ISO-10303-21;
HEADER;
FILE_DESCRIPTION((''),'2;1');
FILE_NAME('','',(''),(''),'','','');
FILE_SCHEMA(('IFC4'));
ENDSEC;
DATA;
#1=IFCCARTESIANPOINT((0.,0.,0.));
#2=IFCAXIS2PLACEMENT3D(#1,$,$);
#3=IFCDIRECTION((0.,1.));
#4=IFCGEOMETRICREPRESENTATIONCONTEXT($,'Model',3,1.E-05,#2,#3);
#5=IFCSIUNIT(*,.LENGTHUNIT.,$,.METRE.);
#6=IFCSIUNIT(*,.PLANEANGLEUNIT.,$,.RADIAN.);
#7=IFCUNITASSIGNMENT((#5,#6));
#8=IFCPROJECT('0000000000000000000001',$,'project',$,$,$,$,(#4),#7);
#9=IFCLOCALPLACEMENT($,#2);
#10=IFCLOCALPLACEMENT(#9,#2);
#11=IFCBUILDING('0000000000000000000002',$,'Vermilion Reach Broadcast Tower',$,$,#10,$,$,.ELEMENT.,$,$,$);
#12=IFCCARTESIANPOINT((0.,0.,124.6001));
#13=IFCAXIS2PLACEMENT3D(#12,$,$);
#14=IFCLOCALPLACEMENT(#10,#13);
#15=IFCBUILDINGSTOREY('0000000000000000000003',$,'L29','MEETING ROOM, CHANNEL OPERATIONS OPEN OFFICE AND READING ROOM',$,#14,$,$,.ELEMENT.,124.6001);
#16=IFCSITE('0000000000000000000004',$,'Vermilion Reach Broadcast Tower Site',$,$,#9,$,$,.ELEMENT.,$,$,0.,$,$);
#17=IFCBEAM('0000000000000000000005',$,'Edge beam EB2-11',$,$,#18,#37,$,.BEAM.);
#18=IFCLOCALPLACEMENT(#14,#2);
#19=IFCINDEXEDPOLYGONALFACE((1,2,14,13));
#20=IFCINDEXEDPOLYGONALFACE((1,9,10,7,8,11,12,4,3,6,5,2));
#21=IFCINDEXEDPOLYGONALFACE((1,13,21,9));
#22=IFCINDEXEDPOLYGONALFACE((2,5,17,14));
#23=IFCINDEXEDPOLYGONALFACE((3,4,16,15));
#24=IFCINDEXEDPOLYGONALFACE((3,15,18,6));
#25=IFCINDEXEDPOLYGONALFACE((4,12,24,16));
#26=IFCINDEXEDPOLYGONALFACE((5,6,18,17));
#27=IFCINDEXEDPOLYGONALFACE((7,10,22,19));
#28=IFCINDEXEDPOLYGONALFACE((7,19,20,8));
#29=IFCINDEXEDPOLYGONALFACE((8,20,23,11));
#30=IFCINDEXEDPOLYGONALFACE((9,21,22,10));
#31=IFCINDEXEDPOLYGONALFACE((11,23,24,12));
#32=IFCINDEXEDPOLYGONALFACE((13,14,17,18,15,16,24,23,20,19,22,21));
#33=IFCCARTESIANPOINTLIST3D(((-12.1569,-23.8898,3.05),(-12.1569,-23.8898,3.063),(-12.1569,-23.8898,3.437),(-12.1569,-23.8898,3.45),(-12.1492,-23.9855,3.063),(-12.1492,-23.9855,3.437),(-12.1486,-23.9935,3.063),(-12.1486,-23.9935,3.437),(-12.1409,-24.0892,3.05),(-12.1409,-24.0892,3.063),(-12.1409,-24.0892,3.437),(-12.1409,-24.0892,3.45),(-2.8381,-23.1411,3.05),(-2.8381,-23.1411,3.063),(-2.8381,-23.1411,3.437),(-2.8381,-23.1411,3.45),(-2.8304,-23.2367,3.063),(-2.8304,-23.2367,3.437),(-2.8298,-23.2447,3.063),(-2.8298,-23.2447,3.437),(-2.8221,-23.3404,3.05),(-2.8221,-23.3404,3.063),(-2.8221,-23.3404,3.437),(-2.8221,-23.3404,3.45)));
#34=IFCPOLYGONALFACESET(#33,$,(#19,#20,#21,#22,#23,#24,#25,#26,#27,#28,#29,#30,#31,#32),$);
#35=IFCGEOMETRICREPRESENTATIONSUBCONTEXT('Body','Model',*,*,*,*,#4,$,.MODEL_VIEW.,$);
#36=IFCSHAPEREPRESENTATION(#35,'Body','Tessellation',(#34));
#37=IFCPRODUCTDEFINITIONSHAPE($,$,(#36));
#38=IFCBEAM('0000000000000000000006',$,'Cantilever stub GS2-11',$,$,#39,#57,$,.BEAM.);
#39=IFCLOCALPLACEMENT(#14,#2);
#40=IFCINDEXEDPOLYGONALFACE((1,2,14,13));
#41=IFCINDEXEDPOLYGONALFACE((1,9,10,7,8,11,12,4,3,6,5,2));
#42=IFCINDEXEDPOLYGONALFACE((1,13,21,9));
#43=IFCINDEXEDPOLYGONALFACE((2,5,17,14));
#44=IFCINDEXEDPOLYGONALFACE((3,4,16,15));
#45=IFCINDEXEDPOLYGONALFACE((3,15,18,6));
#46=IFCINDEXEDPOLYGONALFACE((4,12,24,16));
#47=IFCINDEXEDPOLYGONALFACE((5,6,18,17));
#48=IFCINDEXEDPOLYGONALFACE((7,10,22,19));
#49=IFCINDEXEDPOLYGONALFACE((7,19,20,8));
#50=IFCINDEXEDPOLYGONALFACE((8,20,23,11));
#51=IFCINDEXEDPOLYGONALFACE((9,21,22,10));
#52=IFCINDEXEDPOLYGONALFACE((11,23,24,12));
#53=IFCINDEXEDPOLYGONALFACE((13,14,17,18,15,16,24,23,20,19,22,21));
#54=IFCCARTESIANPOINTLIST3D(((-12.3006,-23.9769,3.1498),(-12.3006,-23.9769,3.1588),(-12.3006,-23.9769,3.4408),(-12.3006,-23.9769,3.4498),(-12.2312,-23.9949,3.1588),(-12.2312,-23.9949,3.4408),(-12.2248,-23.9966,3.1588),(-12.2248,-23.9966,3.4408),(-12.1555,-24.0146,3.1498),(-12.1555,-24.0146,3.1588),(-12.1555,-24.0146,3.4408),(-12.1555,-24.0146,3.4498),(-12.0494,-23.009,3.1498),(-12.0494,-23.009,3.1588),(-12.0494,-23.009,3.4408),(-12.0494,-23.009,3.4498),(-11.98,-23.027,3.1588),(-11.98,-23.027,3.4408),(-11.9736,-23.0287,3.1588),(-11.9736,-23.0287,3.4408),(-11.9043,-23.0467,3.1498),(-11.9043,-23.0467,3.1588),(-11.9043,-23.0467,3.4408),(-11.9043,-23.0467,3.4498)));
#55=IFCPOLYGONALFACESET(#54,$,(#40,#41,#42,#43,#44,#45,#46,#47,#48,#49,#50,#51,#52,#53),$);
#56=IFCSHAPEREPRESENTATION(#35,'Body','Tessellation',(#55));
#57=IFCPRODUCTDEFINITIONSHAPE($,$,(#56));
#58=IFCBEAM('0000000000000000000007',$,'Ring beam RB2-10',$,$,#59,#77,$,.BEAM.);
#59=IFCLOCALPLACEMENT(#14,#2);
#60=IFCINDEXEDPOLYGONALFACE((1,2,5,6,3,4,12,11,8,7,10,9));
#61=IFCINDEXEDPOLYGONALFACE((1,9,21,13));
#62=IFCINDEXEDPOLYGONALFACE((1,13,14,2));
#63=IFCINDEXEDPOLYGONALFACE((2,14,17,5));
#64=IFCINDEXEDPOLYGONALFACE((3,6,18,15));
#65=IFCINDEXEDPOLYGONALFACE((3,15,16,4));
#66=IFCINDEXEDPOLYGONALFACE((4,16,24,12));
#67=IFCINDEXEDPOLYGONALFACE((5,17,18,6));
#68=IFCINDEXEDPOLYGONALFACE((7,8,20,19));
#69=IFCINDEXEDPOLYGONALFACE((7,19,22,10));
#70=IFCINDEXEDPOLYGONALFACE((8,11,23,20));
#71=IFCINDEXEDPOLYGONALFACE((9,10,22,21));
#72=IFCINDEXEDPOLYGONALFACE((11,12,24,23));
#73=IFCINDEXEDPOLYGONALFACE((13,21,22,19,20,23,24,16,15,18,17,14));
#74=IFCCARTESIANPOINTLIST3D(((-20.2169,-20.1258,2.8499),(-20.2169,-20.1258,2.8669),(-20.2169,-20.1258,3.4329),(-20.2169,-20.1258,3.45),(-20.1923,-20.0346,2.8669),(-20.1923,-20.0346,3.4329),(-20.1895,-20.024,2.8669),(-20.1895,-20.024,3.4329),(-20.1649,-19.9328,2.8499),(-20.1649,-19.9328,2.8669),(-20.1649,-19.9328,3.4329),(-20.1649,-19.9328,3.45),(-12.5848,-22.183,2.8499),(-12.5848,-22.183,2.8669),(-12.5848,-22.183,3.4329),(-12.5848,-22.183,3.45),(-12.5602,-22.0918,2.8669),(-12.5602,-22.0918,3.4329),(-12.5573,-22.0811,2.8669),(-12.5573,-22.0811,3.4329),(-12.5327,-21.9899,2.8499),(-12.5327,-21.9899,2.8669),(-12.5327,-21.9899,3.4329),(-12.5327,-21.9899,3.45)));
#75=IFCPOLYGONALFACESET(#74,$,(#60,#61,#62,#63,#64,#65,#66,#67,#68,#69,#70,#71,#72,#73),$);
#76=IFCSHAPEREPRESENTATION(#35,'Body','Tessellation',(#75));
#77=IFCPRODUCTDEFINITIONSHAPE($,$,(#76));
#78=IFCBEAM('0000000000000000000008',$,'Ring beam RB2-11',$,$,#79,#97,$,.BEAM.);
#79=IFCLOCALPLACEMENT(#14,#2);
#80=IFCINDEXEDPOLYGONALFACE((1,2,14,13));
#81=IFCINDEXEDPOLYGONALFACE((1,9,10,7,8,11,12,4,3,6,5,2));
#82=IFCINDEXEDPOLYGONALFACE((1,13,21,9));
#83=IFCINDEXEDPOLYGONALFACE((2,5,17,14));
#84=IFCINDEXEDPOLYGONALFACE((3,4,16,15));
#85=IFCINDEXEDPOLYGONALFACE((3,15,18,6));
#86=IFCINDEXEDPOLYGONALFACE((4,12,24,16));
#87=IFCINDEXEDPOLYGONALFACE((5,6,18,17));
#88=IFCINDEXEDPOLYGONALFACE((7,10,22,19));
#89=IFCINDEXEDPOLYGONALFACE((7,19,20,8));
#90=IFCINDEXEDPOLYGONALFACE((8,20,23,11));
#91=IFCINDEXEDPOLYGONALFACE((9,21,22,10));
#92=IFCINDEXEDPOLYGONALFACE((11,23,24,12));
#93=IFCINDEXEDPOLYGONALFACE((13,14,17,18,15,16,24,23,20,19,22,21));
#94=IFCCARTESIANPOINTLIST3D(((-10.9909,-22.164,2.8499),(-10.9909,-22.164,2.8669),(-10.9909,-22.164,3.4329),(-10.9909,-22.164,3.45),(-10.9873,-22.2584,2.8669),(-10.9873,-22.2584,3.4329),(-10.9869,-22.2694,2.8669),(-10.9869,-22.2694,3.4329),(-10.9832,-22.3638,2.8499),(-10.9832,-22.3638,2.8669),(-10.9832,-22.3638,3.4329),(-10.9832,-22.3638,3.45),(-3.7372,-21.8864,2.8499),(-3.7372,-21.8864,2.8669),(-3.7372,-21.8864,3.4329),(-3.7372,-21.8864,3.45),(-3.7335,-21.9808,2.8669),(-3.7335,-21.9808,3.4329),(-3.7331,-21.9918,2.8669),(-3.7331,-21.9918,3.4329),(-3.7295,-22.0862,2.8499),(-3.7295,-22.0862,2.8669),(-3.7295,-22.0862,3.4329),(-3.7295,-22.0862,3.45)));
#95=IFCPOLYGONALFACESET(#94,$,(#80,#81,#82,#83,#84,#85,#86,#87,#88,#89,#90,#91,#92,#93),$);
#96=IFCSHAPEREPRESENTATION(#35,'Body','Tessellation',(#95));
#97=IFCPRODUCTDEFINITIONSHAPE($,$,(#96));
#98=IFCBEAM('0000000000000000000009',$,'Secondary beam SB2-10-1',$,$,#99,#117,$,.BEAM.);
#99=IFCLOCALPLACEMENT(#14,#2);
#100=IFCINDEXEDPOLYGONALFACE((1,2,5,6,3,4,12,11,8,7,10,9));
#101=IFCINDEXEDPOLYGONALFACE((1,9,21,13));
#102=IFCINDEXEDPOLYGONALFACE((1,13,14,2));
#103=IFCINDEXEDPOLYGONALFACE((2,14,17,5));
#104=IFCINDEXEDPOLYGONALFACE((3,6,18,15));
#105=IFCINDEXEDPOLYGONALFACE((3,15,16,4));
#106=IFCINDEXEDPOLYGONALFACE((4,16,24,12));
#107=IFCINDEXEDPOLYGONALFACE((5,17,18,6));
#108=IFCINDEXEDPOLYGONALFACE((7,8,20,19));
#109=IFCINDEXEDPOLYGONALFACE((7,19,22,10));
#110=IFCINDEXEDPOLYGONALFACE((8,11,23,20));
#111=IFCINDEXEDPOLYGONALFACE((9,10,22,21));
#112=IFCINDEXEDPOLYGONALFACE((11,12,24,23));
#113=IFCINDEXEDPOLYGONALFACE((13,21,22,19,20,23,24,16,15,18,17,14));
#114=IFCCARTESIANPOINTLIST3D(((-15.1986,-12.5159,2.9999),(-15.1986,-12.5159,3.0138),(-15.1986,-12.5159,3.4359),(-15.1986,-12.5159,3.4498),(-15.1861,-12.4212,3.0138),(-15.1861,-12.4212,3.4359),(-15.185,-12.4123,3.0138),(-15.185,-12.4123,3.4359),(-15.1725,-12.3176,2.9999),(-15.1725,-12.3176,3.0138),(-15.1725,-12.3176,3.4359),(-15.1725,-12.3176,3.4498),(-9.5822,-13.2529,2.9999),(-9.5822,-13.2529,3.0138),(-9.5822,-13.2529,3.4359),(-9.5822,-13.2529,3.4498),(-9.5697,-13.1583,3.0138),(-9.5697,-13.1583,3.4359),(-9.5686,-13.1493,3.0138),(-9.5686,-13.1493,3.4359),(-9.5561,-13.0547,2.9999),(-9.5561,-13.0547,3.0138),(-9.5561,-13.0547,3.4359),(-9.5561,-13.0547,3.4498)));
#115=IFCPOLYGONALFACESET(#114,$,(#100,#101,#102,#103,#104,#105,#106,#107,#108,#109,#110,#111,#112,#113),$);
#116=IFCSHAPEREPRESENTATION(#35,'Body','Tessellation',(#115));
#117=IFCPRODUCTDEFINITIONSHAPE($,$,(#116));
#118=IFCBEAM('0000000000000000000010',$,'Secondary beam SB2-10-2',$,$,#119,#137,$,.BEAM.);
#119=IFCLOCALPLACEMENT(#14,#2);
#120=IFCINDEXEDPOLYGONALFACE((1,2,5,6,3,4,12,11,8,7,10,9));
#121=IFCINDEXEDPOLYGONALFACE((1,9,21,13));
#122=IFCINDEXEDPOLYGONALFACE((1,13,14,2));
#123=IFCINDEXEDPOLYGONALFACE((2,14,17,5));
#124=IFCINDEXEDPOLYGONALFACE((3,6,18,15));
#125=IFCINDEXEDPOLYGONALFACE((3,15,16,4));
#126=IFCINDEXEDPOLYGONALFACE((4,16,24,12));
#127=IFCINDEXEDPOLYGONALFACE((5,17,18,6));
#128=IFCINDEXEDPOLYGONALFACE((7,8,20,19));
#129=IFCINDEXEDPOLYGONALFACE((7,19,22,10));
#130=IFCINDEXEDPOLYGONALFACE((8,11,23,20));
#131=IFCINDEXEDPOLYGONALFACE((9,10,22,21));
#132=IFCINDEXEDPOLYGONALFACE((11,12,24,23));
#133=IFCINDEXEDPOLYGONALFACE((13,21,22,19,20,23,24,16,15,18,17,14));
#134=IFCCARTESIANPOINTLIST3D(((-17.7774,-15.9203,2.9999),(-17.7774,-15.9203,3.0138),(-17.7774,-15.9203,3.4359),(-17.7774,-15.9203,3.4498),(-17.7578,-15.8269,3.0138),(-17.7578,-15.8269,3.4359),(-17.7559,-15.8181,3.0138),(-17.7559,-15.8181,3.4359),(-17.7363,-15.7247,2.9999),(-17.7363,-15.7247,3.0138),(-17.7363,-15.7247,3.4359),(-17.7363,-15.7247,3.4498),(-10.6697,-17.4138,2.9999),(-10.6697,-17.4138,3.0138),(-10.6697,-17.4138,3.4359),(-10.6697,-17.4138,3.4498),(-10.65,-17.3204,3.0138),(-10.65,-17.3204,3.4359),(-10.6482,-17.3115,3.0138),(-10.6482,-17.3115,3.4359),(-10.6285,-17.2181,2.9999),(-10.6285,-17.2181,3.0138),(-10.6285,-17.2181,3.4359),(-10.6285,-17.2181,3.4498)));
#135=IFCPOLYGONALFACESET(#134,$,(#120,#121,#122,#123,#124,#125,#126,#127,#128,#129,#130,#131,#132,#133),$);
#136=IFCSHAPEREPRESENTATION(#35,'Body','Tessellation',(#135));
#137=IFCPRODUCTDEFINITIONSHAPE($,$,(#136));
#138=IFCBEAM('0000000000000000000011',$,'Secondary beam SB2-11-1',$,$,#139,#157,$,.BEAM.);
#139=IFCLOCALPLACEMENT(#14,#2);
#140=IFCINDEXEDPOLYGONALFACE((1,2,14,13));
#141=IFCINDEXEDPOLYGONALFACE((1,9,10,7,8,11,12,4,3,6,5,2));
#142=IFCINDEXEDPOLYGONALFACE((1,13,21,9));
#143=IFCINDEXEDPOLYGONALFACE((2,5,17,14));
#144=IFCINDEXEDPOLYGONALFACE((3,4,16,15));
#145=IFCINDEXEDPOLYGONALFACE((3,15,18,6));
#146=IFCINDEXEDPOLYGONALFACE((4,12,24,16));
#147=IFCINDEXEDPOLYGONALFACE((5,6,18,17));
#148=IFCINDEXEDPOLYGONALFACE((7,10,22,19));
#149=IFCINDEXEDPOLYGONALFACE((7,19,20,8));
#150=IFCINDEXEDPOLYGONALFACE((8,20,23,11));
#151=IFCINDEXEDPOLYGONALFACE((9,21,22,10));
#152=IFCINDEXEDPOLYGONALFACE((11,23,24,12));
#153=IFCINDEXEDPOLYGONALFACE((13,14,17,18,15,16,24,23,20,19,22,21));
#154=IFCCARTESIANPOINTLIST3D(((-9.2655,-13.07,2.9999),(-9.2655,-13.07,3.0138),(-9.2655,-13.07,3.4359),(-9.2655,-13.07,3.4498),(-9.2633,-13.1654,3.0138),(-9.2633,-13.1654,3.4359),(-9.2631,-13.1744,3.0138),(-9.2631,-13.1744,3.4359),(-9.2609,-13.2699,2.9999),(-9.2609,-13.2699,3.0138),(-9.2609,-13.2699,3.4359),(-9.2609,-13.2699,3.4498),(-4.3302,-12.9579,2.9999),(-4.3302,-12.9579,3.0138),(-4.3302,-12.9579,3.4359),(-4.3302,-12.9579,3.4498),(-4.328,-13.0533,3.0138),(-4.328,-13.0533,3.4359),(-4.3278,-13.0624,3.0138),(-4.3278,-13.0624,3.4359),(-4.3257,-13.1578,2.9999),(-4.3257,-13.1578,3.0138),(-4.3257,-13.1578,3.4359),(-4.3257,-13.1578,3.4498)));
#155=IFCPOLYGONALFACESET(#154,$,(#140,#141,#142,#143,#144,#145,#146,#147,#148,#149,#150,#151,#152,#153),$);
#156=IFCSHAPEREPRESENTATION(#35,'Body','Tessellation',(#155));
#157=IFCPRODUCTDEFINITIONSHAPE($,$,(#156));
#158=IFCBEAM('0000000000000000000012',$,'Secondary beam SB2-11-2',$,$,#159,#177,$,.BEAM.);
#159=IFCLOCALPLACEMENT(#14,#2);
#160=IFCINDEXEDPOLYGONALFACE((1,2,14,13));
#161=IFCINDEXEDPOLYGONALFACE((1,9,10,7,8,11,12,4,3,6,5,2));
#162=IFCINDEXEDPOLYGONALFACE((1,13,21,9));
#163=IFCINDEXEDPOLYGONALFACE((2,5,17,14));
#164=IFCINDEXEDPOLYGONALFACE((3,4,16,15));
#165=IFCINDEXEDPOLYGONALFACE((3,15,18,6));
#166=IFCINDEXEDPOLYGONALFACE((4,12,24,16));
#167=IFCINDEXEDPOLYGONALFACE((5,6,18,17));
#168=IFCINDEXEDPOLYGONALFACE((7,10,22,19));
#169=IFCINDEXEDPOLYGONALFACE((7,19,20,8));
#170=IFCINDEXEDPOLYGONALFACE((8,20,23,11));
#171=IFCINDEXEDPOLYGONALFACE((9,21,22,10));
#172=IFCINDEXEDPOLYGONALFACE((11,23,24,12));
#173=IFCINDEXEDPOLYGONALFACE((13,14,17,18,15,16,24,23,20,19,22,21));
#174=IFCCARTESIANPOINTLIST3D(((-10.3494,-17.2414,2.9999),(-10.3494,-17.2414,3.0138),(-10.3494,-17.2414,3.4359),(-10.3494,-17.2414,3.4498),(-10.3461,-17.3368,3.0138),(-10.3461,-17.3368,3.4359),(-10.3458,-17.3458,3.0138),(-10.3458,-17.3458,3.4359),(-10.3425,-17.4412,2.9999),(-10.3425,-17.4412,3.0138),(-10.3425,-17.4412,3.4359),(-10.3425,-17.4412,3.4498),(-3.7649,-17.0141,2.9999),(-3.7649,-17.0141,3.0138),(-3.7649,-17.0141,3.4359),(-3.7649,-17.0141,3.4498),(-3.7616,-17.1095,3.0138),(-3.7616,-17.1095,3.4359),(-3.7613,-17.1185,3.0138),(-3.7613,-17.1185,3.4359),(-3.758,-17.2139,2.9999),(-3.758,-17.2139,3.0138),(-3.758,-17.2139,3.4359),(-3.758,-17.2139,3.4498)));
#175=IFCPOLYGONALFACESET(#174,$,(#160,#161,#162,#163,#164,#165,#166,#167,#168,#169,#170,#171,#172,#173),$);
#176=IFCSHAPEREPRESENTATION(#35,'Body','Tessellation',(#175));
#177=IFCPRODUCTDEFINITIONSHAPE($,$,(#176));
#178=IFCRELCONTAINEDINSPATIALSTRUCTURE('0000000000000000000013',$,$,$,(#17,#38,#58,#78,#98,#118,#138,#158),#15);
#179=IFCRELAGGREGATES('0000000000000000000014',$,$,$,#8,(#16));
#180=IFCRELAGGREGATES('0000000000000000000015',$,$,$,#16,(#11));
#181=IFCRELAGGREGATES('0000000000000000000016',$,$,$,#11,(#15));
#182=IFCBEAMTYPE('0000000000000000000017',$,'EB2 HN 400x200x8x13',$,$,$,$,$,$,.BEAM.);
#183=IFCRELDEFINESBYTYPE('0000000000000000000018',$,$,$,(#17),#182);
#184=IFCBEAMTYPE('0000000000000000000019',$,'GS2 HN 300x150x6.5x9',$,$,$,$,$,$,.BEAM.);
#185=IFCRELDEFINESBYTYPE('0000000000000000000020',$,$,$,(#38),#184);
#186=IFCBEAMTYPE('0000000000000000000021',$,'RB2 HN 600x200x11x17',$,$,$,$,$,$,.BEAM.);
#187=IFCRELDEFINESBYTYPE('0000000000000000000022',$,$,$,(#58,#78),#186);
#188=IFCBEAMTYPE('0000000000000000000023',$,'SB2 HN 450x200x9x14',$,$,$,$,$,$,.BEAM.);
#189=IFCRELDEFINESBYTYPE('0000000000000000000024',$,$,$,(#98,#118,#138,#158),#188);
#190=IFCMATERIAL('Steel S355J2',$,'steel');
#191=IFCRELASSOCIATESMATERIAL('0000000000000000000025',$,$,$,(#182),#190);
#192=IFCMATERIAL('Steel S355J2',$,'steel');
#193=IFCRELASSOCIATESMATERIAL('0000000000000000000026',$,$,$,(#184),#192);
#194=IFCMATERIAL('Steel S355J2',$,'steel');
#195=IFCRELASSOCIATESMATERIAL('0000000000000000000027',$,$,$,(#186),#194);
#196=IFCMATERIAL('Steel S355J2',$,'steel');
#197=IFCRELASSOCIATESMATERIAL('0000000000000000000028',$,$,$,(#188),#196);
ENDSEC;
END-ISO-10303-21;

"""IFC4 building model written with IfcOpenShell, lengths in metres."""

from ifc_helpers import new_model, si_unit, direction, frame, origin, origin_2d, place, context, subcontext, project, spatial, i_section, extrude, material, material_profile, profile_set, type_object, element, save


model = new_model("IFC4")

# Units and contexts
model_context = context("Model", 3, precision=1e-05, world=origin(), true_north=direction((0.0, 1.0)))
body_context = subcontext(model_context, "Body", "Model", "MODEL_VIEW")
ifc_project = project(units=[si_unit("LENGTHUNIT", "METRE"), si_unit("PLANEANGLEUNIT", "RADIAN")], contexts=[model_context])

# Site, building, storey
site_placement = place(None, origin())
site = spatial("IfcSite", under=ifc_project, at=site_placement, Name="Vermilion Reach Broadcast Tower Site", CompositionType="ELEMENT", RefElevation=0.0)
building_placement = place(site_placement, origin())
building = spatial("IfcBuilding", under=site, at=building_placement, Name="Vermilion Reach Broadcast Tower", CompositionType="ELEMENT")
storey_placement = place(building_placement, frame((0.0, 0.0, 124.6001)))
storey = spatial("IfcBuildingStorey", under=building, at=storey_placement, Name="L29", Description="MEETING ROOM, CHANNEL OPERATIONS OPEN OFFICE AND READING ROOM", CompositionType="ELEMENT", Elevation=124.6001)

# Beams
ifc_material_1 = material(Name="Steel S355J2", Category="steel")
ifc_material_profile_1 = material_profile(ifc_material_1, i_section(OverallWidth=0.2, OverallDepth=0.3999, WebThickness=0.0081, FlangeThickness=0.0129, at=origin_2d()), Name="S355J2 HN 400x200x8x13")
ifc_profile_set_1 = profile_set([ifc_material_profile_1], Name="Steel S355J2")
beam_type_1 = type_object("IfcBeamType", Name="EB2 HN 400x200x8x13", PredefinedType="BEAM", material=ifc_profile_set_1)
beam_1_placement = place(storey_placement, frame((-12.1489, -23.9895, 3.25), z_axis=(0.996787, 0.080093, 0.0), x_axis=(-0.080093, 0.996787, 0.0)))
element("IfcBeam", 1, at=beam_1_placement, inside=storey, type_object=beam_type_1, Name="Edge beam EB2-11", PredefinedType="BEAM", context=body_context, shape_type="SweptSolid", body=[
    extrude(i_section(OverallWidth=0.2, OverallDepth=0.3999, WebThickness=0.0081, FlangeThickness=0.0129, at=origin_2d()), origin(), (0.0, 0.0, 1.0), 9.3489),
])
ifc_material_2 = material(Name="Steel S355J2", Category="steel")
ifc_material_profile_2 = material_profile(ifc_material_2, i_section(OverallWidth=0.1499, OverallDepth=0.3, WebThickness=0.0066, FlangeThickness=0.009, at=origin_2d()), Name="S355J2 HN 300x150x6.5x9")
ifc_profile_set_2 = profile_set([ifc_material_profile_2], Name="Steel S355J2")
beam_type_2 = type_object("IfcBeamType", Name="GS2 HN 300x150x6.5x9", PredefinedType="BEAM", material=ifc_profile_set_2)
beam_2_placement = place(storey_placement, frame((-11.9768, -23.0278, 3.2998), z_axis=(-0.251199, -0.967935, 0.0), x_axis=(0.967935, -0.251199, 0.0)))
element("IfcBeam", 2, at=beam_2_placement, inside=storey, type_object=beam_type_2, Name="Cantilever stub GS2-11", PredefinedType="BEAM", context=body_context, shape_type="SweptSolid", body=[
    extrude(i_section(OverallWidth=0.1499, OverallDepth=0.3, WebThickness=0.0066, FlangeThickness=0.009, at=origin_2d()), origin(), (0.0, 0.0, 1.0), 1.0),
])
ifc_material_3 = material(Name="Steel S355J2", Category="steel")
ifc_material_profile_3 = material_profile(ifc_material_3, i_section(OverallWidth=0.2, OverallDepth=0.6001, WebThickness=0.011, FlangeThickness=0.0171, at=origin_2d()), Name="S355J2 HN 600x200x11x17")
ifc_profile_set_3 = profile_set([ifc_material_profile_3], Name="Steel S355J2")
beam_type_3 = type_object("IfcBeamType", Name="RB2 HN 600x200x11x17", PredefinedType="BEAM", material=ifc_profile_set_3)
beam_3_placement = place(storey_placement, frame((-20.1909, -20.0293, 3.1499), z_axis=(0.965541, -0.260249, 0.0), x_axis=(0.260249, 0.965541, 0.0)))
element("IfcBeam", 3, at=beam_3_placement, inside=storey, type_object=beam_type_3, Name="Ring beam RB2-10", PredefinedType="BEAM", context=body_context, shape_type="SweptSolid", body=[
    extrude(i_section(OverallWidth=0.2, OverallDepth=0.6001, WebThickness=0.011, FlangeThickness=0.0171, at=origin_2d()), origin(), (0.0, 0.0, 1.0), 7.9045),
])
beam_4_placement = place(storey_placement, frame((-10.9871, -22.2639, 3.1499), z_axis=(0.999269, 0.038241, 0.0), x_axis=(-0.038241, 0.999269, 0.0)))
element("IfcBeam", 4, at=beam_4_placement, inside=storey, type_object=beam_type_3, Name="Ring beam RB2-11", PredefinedType="BEAM", context=body_context, shape_type="SweptSolid", body=[
    extrude(i_section(OverallWidth=0.2, OverallDepth=0.6001, WebThickness=0.011, FlangeThickness=0.0171, at=origin_2d()), origin(), (0.0, 0.0, 1.0), 7.259),
])
ifc_material_4 = material(Name="Steel S355J2", Category="steel")
ifc_material_profile_4 = material_profile(ifc_material_4, i_section(OverallWidth=0.2, OverallDepth=0.45, WebThickness=0.009, FlangeThickness=0.0139, at=origin_2d()), Name="S355J2 HN 450x200x9x14")
ifc_profile_set_4 = profile_set([ifc_material_profile_4], Name="Steel S355J2")
beam_type_4 = type_object("IfcBeamType", Name="SB2 HN 450x200x9x14", PredefinedType="BEAM", material=ifc_profile_set_4)
beam_5_placement = place(storey_placement, frame((-15.1855, -12.4167, 3.2249), z_axis=(0.991499, -0.130117, 0.0), x_axis=(0.130117, 0.991499, 0.0)))
element("IfcBeam", 5, at=beam_5_placement, inside=storey, type_object=beam_type_4, Name="Secondary beam SB2-10-1", PredefinedType="BEAM", context=body_context, shape_type="SweptSolid", body=[
    extrude(i_section(OverallWidth=0.2, OverallDepth=0.45, WebThickness=0.009, FlangeThickness=0.0139, at=origin_2d()), origin(), (0.0, 0.0, 1.0), 5.6646),
])
beam_6_placement = place(storey_placement, frame((-17.7568, -15.8225, 3.2249), z_axis=(0.978631, -0.205623, 0.0), x_axis=(0.205623, 0.978631, 0.0)))
element("IfcBeam", 6, at=beam_6_placement, inside=storey, type_object=beam_type_4, Name="Secondary beam SB2-10-2", PredefinedType="BEAM", context=body_context, shape_type="SweptSolid", body=[
    extrude(i_section(OverallWidth=0.2, OverallDepth=0.45, WebThickness=0.009, FlangeThickness=0.0139, at=origin_2d()), origin(), (0.0, 0.0, 1.0), 7.2629),
])
beam_7_placement = place(storey_placement, frame((-9.2632, -13.1699, 3.2249), z_axis=(0.999742, 0.0227, 0.0), x_axis=(-0.0227, 0.999742, 0.0)))
element("IfcBeam", 7, at=beam_7_placement, inside=storey, type_object=beam_type_4, Name="Secondary beam SB2-11-1", PredefinedType="BEAM", context=body_context, shape_type="SweptSolid", body=[
    extrude(i_section(OverallWidth=0.2, OverallDepth=0.45, WebThickness=0.009, FlangeThickness=0.0139, at=origin_2d()), origin(), (0.0, 0.0, 1.0), 4.9365),
])
beam_8_placement = place(storey_placement, frame((-10.3459, -17.3413, 3.2249), z_axis=(0.999405, 0.034499, 0.0), x_axis=(-0.034499, 0.999405, 0.0)))
element("IfcBeam", 8, at=beam_8_placement, inside=storey, type_object=beam_type_4, Name="Secondary beam SB2-11-2", PredefinedType="BEAM", context=body_context, shape_type="SweptSolid", body=[
    extrude(i_section(OverallWidth=0.2, OverallDepth=0.45, WebThickness=0.009, FlangeThickness=0.0139, at=origin_2d()), origin(), (0.0, 0.0, 1.0), 6.5884),
])

save(model, "model.ifc")
